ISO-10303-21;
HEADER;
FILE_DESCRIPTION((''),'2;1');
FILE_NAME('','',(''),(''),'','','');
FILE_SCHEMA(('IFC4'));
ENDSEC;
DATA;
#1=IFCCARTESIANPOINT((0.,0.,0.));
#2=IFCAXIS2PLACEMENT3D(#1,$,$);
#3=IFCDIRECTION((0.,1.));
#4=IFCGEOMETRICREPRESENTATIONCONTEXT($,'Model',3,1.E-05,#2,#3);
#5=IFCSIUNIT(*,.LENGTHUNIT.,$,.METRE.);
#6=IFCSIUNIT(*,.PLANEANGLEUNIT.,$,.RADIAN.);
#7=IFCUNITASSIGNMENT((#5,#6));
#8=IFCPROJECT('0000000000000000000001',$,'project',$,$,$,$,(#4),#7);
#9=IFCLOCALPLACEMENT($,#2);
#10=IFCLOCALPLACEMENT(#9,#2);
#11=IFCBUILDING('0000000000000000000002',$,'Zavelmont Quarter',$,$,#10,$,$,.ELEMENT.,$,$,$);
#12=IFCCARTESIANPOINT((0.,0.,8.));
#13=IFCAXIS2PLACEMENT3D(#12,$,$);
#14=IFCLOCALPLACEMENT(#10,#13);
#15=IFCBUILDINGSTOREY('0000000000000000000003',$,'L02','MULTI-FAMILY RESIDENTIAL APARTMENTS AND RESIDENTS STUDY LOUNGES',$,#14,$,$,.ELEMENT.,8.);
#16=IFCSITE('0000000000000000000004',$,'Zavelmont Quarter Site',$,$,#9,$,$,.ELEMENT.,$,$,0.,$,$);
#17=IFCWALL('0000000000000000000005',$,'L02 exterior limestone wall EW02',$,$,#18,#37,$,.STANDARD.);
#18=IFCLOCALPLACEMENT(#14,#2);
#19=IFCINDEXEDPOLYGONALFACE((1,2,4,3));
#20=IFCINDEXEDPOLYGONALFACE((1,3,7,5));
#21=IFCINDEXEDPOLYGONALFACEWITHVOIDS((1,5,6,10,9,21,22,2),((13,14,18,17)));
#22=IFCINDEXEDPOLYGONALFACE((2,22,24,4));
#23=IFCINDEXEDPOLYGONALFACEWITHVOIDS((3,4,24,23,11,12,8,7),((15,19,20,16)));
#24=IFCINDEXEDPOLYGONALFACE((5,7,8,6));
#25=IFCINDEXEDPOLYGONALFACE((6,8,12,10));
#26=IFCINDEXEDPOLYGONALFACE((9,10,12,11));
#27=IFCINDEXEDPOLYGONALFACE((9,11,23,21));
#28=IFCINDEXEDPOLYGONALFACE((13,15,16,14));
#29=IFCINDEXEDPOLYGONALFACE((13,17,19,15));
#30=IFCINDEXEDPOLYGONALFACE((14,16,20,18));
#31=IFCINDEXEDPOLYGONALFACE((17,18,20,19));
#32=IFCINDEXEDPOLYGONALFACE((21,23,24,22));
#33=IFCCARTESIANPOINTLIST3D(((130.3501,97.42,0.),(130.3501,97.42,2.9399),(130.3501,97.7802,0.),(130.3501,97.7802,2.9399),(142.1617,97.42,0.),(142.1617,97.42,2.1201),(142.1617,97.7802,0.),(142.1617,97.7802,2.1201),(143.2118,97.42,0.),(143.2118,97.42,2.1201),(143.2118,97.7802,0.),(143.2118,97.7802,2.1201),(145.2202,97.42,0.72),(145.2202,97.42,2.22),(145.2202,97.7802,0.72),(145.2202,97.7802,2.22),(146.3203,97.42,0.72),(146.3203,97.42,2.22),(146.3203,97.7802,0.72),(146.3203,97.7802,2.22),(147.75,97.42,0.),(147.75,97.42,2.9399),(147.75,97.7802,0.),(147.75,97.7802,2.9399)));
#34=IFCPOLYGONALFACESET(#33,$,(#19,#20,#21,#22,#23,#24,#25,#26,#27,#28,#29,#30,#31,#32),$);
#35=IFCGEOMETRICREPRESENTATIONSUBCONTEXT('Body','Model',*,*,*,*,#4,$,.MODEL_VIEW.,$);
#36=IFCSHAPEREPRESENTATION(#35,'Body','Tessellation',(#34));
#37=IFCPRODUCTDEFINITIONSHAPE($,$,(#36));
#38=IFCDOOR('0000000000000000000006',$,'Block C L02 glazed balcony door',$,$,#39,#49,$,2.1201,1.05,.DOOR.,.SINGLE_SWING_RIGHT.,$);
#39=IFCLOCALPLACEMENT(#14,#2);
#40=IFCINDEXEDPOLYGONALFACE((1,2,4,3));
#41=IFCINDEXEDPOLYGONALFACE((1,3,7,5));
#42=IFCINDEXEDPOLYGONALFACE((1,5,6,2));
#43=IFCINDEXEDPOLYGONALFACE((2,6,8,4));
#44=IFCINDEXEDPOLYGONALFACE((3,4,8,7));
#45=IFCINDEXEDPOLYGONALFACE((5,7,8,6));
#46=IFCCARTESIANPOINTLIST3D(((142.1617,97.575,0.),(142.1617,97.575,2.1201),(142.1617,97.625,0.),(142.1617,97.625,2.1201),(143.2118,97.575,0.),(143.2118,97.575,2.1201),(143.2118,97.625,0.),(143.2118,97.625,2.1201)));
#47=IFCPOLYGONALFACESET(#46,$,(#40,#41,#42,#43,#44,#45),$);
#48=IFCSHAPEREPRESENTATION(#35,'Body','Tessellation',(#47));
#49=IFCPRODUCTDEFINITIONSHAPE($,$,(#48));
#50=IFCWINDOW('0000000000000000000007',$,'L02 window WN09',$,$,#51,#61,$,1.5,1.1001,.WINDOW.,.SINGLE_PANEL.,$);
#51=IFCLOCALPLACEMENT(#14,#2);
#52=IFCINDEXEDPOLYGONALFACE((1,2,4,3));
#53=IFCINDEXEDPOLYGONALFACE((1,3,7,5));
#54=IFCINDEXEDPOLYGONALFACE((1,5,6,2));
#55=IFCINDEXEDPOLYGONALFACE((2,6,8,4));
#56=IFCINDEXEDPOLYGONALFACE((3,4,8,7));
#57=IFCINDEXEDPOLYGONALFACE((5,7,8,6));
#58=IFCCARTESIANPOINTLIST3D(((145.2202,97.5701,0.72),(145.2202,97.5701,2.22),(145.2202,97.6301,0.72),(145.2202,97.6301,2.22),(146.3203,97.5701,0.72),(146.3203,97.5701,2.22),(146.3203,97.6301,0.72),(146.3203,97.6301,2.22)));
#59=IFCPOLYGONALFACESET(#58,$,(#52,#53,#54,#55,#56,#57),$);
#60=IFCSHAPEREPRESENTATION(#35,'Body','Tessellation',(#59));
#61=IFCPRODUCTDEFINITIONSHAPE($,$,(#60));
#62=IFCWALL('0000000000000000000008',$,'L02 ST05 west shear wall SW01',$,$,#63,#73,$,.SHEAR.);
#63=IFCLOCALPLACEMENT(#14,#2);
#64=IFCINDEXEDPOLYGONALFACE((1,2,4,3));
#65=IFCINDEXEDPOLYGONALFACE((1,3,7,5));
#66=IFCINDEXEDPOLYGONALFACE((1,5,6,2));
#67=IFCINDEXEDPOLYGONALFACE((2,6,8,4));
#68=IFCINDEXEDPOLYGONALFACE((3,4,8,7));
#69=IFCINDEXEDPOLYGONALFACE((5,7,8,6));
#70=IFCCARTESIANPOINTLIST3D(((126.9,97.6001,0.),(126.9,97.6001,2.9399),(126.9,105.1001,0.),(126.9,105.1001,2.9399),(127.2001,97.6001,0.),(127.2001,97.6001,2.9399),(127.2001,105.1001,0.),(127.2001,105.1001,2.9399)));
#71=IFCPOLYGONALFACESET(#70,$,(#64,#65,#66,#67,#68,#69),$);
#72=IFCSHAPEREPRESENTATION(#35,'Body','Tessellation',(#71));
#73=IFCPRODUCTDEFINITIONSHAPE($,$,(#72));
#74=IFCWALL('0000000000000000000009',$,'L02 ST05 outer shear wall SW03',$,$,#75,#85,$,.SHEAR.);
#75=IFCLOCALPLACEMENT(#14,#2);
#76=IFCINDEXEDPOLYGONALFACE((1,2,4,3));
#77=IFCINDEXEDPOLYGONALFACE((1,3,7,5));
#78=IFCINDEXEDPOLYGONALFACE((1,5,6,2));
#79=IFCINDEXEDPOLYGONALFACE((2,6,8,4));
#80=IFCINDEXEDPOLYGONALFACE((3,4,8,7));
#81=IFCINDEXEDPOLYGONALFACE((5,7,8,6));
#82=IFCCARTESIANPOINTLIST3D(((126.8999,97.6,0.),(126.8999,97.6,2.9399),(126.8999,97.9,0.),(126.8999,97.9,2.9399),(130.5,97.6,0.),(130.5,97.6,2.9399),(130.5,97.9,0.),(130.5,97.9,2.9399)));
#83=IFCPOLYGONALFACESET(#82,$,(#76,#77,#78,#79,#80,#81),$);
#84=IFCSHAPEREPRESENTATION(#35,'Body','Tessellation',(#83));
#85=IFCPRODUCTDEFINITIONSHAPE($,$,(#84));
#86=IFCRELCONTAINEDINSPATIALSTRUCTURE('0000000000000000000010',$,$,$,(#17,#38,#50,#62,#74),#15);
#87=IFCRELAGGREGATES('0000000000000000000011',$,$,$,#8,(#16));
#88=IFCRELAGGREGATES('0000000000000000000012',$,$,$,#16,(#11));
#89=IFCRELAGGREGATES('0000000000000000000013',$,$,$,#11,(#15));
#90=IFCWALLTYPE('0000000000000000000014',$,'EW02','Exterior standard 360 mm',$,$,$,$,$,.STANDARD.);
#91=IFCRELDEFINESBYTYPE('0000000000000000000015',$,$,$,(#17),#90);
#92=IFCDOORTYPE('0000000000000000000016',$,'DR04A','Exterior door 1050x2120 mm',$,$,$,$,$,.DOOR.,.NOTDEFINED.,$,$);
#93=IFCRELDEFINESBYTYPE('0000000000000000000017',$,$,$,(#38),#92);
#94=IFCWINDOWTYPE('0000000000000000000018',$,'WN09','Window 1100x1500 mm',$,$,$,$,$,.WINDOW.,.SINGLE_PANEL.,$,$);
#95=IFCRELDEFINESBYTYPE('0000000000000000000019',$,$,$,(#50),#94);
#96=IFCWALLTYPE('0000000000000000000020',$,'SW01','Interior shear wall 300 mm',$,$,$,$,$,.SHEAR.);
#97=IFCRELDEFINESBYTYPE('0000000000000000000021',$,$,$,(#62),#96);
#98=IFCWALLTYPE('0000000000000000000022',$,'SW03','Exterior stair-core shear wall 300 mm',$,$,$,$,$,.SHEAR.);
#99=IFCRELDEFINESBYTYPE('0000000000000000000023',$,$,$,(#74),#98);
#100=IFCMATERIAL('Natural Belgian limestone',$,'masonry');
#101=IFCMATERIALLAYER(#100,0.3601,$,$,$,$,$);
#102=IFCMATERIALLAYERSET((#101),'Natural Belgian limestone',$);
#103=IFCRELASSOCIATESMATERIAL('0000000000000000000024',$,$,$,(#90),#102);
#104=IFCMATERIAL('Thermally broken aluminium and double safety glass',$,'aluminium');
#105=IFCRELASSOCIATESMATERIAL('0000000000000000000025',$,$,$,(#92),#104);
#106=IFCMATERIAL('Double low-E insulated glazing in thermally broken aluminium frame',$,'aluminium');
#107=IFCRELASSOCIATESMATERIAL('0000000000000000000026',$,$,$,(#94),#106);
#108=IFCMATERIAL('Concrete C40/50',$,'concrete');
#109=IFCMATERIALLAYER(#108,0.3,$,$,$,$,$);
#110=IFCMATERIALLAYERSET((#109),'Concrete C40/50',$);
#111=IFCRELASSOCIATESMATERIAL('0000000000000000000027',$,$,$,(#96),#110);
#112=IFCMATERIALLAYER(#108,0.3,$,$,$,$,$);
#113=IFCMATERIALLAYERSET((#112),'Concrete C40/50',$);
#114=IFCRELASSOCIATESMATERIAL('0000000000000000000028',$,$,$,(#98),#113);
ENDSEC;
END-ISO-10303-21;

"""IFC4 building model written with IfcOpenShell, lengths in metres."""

from ifc_helpers import new_model, si_unit, direction, frame, frame_2d, origin, origin_with_axes, place, context, subcontext, project, spatial, rectangle, extrude, material, layer, layer_set, type_object, element, fill, save


model = new_model("IFC4")

# Units and contexts
model_context = context("Model", 3, precision=1e-05, world=origin(), true_north=direction((0.0, 1.0)))
body_context = subcontext(model_context, "Body", "Model", "MODEL_VIEW")
ifc_project = project(units=[si_unit("LENGTHUNIT", "METRE"), si_unit("PLANEANGLEUNIT", "RADIAN")], contexts=[model_context])

# Site, building, storey
site_placement = place(None, origin())
site = spatial("IfcSite", under=ifc_project, at=site_placement, Name="Zavelmont Quarter Site", CompositionType="ELEMENT", RefElevation=0.0)
building_placement = place(site_placement, origin())
building = spatial("IfcBuilding", under=site, at=building_placement, Name="Zavelmont Quarter", CompositionType="ELEMENT")
storey_placement = place(building_placement, frame((0.0, 0.0, 8.0)))
storey = spatial("IfcBuildingStorey", under=building, at=storey_placement, Name="L02", Description="MULTI-FAMILY RESIDENTIAL APARTMENTS AND RESIDENTS STUDY LOUNGES", CompositionType="ELEMENT", Elevation=8.0)

# Shared definitions
ifc_material_1 = material(Name="Concrete C40/50", Category="concrete")

# Wall, openings, door, window
ifc_material_2 = material(Name="Natural Belgian limestone", Category="masonry")
ifc_layer_1 = layer(ifc_material_2, 0.3601)
ifc_layer_set_1 = layer_set([ifc_layer_1], Name="Natural Belgian limestone")
wall_type_1 = type_object("IfcWallType", Name="EW02", Description="Exterior standard 360 mm", PredefinedType="STANDARD", material=ifc_layer_set_1)
wall_1_placement = place(storey_placement, frame((130.3501, 97.6001, 0.0), z_axis=(0.0, 0.0, 1.0), x_axis=(1.0, 0.0, 0.0)))
wall_1 = element("IfcWall", 1, at=wall_1_placement, inside=storey, type_object=wall_type_1, Name="L02 exterior limestone wall EW02", PredefinedType="STANDARD", context=body_context, shape_type="SweptSolid", body=[
    extrude(rectangle(XDim=17.3999, YDim=0.3601, at=frame_2d((8.7, 0.0))), origin(), (0.0, 0.0, 1.0), 2.9399),
])
opening_1_placement = place(wall_1_placement, frame((11.8118, 0.0, 0.0)))
opening_1 = element("IfcOpeningElement", 2, at=opening_1_placement, cuts=wall_1, PredefinedType="OPENING", context=body_context, shape_type="SweptSolid", body=[
    extrude(rectangle(XDim=1.05, YDim=2.1201, at=frame_2d((0.5249, 1.0601))), frame((0.0, 0.1919, 0.0), z_axis=(0.0, -1.0, 0.0), x_axis=(1.0, 0.0, 0.0)), (0.0, 0.0, 1.0), 0.384),
])
opening_2_placement = place(wall_1_placement, frame((14.8701, 0.0, 0.72)))
opening_2 = element("IfcOpeningElement", 3, at=opening_2_placement, cuts=wall_1, PredefinedType="OPENING", context=body_context, shape_type="SweptSolid", body=[
    extrude(rectangle(XDim=1.1001, YDim=1.5, at=frame_2d((0.55, 0.75))), frame((0.0, 0.1919, 0.0), z_axis=(0.0, -1.0, 0.0), x_axis=(1.0, 0.0, 0.0)), (0.0, 0.0, 1.0), 0.384),
])
ifc_material_3 = material(Name="Thermally broken aluminium and double safety glass", Category="aluminium")
door_type_1 = type_object("IfcDoorType", Name="DR04A", Description="Exterior door 1050x2120 mm", OperationType="NOTDEFINED", PredefinedType="DOOR", material=ifc_material_3)
door_1_placement = place(opening_1_placement, origin_with_axes())
door_1 = element("IfcDoor", 4, at=door_1_placement, inside=storey, type_object=door_type_1, Name="Block C L02 glazed balcony door", OperationType="SINGLE_SWING_RIGHT", OverallHeight=2.1201, OverallWidth=1.05, PredefinedType="DOOR", context=body_context, shape_type="SweptSolid", body=[
    extrude(rectangle(XDim=1.05, YDim=2.1201, at=frame_2d((0.5249, 1.0601))), frame((0.0, 0.0249, 0.0), z_axis=(0.0, -1.0, 0.0), x_axis=(1.0, 0.0, 0.0)), (0.0, 0.0, 1.0), 0.05),
])
fill(opening_1, door_1)
ifc_material_4 = material(Name="Double low-E insulated glazing in thermally broken aluminium frame", Category="aluminium")
window_type = type_object("IfcWindowType", Name="WN09", Description="Window 1100x1500 mm", PartitioningType="SINGLE_PANEL", PredefinedType="WINDOW", material=ifc_material_4)
window_placement = place(opening_2_placement, origin_with_axes())
window = element("IfcWindow", 5, at=window_placement, inside=storey, type_object=window_type, Name="L02 window WN09", OverallHeight=1.5, OverallWidth=1.1001, PartitioningType="SINGLE_PANEL", PredefinedType="WINDOW", context=body_context, shape_type="SweptSolid", body=[
    extrude(rectangle(XDim=1.1001, YDim=1.5, at=frame_2d((0.55, 0.75))), frame((0.0, 0.03, 0.0), z_axis=(0.0, -1.0, 0.0), x_axis=(1.0, 0.0, 0.0)), (0.0, 0.0, 1.0), 0.0601),
])
fill(opening_2, window)

# Wall
ifc_layer_2 = layer(ifc_material_1, 0.3)
ifc_layer_set_2 = layer_set([ifc_layer_2], Name="Concrete C40/50")
wall_type_2 = type_object("IfcWallType", Name="SW01", Description="Interior shear wall 300 mm", PredefinedType="SHEAR", material=ifc_layer_set_2)
wall_2_placement = place(storey_placement, frame((127.05, 97.6001, 0.0), z_axis=(0.0, 0.0, 1.0), x_axis=(0.0, 1.0, 0.0)))
element("IfcWall", 6, at=wall_2_placement, inside=storey, type_object=wall_type_2, Name="L02 ST05 west shear wall SW01", PredefinedType="SHEAR", context=body_context, shape_type="SweptSolid", body=[
    extrude(rectangle(XDim=7.5, YDim=0.3, at=frame_2d((3.75, 0.0))), origin(), (0.0, 0.0, 1.0), 2.9399),
])

# Wall
ifc_layer_3 = layer(ifc_material_1, 0.3)
ifc_layer_set_3 = layer_set([ifc_layer_3], Name="Concrete C40/50")
wall_type_3 = type_object("IfcWallType", Name="SW03", Description="Exterior stair-core shear wall 300 mm", PredefinedType="SHEAR", material=ifc_layer_set_3)
wall_3_placement = place(storey_placement, frame((126.8999, 97.75, 0.0), z_axis=(0.0, 0.0, 1.0), x_axis=(1.0, 0.0, 0.0)))
element("IfcWall", 7, at=wall_3_placement, inside=storey, type_object=wall_type_3, Name="L02 ST05 outer shear wall SW03", PredefinedType="SHEAR", context=body_context, shape_type="SweptSolid", body=[
    extrude(rectangle(XDim=3.6001, YDim=0.3, at=frame_2d((1.8, 0.0))), origin(), (0.0, 0.0, 1.0), 2.9399),
])

save(model, "model.ifc")
